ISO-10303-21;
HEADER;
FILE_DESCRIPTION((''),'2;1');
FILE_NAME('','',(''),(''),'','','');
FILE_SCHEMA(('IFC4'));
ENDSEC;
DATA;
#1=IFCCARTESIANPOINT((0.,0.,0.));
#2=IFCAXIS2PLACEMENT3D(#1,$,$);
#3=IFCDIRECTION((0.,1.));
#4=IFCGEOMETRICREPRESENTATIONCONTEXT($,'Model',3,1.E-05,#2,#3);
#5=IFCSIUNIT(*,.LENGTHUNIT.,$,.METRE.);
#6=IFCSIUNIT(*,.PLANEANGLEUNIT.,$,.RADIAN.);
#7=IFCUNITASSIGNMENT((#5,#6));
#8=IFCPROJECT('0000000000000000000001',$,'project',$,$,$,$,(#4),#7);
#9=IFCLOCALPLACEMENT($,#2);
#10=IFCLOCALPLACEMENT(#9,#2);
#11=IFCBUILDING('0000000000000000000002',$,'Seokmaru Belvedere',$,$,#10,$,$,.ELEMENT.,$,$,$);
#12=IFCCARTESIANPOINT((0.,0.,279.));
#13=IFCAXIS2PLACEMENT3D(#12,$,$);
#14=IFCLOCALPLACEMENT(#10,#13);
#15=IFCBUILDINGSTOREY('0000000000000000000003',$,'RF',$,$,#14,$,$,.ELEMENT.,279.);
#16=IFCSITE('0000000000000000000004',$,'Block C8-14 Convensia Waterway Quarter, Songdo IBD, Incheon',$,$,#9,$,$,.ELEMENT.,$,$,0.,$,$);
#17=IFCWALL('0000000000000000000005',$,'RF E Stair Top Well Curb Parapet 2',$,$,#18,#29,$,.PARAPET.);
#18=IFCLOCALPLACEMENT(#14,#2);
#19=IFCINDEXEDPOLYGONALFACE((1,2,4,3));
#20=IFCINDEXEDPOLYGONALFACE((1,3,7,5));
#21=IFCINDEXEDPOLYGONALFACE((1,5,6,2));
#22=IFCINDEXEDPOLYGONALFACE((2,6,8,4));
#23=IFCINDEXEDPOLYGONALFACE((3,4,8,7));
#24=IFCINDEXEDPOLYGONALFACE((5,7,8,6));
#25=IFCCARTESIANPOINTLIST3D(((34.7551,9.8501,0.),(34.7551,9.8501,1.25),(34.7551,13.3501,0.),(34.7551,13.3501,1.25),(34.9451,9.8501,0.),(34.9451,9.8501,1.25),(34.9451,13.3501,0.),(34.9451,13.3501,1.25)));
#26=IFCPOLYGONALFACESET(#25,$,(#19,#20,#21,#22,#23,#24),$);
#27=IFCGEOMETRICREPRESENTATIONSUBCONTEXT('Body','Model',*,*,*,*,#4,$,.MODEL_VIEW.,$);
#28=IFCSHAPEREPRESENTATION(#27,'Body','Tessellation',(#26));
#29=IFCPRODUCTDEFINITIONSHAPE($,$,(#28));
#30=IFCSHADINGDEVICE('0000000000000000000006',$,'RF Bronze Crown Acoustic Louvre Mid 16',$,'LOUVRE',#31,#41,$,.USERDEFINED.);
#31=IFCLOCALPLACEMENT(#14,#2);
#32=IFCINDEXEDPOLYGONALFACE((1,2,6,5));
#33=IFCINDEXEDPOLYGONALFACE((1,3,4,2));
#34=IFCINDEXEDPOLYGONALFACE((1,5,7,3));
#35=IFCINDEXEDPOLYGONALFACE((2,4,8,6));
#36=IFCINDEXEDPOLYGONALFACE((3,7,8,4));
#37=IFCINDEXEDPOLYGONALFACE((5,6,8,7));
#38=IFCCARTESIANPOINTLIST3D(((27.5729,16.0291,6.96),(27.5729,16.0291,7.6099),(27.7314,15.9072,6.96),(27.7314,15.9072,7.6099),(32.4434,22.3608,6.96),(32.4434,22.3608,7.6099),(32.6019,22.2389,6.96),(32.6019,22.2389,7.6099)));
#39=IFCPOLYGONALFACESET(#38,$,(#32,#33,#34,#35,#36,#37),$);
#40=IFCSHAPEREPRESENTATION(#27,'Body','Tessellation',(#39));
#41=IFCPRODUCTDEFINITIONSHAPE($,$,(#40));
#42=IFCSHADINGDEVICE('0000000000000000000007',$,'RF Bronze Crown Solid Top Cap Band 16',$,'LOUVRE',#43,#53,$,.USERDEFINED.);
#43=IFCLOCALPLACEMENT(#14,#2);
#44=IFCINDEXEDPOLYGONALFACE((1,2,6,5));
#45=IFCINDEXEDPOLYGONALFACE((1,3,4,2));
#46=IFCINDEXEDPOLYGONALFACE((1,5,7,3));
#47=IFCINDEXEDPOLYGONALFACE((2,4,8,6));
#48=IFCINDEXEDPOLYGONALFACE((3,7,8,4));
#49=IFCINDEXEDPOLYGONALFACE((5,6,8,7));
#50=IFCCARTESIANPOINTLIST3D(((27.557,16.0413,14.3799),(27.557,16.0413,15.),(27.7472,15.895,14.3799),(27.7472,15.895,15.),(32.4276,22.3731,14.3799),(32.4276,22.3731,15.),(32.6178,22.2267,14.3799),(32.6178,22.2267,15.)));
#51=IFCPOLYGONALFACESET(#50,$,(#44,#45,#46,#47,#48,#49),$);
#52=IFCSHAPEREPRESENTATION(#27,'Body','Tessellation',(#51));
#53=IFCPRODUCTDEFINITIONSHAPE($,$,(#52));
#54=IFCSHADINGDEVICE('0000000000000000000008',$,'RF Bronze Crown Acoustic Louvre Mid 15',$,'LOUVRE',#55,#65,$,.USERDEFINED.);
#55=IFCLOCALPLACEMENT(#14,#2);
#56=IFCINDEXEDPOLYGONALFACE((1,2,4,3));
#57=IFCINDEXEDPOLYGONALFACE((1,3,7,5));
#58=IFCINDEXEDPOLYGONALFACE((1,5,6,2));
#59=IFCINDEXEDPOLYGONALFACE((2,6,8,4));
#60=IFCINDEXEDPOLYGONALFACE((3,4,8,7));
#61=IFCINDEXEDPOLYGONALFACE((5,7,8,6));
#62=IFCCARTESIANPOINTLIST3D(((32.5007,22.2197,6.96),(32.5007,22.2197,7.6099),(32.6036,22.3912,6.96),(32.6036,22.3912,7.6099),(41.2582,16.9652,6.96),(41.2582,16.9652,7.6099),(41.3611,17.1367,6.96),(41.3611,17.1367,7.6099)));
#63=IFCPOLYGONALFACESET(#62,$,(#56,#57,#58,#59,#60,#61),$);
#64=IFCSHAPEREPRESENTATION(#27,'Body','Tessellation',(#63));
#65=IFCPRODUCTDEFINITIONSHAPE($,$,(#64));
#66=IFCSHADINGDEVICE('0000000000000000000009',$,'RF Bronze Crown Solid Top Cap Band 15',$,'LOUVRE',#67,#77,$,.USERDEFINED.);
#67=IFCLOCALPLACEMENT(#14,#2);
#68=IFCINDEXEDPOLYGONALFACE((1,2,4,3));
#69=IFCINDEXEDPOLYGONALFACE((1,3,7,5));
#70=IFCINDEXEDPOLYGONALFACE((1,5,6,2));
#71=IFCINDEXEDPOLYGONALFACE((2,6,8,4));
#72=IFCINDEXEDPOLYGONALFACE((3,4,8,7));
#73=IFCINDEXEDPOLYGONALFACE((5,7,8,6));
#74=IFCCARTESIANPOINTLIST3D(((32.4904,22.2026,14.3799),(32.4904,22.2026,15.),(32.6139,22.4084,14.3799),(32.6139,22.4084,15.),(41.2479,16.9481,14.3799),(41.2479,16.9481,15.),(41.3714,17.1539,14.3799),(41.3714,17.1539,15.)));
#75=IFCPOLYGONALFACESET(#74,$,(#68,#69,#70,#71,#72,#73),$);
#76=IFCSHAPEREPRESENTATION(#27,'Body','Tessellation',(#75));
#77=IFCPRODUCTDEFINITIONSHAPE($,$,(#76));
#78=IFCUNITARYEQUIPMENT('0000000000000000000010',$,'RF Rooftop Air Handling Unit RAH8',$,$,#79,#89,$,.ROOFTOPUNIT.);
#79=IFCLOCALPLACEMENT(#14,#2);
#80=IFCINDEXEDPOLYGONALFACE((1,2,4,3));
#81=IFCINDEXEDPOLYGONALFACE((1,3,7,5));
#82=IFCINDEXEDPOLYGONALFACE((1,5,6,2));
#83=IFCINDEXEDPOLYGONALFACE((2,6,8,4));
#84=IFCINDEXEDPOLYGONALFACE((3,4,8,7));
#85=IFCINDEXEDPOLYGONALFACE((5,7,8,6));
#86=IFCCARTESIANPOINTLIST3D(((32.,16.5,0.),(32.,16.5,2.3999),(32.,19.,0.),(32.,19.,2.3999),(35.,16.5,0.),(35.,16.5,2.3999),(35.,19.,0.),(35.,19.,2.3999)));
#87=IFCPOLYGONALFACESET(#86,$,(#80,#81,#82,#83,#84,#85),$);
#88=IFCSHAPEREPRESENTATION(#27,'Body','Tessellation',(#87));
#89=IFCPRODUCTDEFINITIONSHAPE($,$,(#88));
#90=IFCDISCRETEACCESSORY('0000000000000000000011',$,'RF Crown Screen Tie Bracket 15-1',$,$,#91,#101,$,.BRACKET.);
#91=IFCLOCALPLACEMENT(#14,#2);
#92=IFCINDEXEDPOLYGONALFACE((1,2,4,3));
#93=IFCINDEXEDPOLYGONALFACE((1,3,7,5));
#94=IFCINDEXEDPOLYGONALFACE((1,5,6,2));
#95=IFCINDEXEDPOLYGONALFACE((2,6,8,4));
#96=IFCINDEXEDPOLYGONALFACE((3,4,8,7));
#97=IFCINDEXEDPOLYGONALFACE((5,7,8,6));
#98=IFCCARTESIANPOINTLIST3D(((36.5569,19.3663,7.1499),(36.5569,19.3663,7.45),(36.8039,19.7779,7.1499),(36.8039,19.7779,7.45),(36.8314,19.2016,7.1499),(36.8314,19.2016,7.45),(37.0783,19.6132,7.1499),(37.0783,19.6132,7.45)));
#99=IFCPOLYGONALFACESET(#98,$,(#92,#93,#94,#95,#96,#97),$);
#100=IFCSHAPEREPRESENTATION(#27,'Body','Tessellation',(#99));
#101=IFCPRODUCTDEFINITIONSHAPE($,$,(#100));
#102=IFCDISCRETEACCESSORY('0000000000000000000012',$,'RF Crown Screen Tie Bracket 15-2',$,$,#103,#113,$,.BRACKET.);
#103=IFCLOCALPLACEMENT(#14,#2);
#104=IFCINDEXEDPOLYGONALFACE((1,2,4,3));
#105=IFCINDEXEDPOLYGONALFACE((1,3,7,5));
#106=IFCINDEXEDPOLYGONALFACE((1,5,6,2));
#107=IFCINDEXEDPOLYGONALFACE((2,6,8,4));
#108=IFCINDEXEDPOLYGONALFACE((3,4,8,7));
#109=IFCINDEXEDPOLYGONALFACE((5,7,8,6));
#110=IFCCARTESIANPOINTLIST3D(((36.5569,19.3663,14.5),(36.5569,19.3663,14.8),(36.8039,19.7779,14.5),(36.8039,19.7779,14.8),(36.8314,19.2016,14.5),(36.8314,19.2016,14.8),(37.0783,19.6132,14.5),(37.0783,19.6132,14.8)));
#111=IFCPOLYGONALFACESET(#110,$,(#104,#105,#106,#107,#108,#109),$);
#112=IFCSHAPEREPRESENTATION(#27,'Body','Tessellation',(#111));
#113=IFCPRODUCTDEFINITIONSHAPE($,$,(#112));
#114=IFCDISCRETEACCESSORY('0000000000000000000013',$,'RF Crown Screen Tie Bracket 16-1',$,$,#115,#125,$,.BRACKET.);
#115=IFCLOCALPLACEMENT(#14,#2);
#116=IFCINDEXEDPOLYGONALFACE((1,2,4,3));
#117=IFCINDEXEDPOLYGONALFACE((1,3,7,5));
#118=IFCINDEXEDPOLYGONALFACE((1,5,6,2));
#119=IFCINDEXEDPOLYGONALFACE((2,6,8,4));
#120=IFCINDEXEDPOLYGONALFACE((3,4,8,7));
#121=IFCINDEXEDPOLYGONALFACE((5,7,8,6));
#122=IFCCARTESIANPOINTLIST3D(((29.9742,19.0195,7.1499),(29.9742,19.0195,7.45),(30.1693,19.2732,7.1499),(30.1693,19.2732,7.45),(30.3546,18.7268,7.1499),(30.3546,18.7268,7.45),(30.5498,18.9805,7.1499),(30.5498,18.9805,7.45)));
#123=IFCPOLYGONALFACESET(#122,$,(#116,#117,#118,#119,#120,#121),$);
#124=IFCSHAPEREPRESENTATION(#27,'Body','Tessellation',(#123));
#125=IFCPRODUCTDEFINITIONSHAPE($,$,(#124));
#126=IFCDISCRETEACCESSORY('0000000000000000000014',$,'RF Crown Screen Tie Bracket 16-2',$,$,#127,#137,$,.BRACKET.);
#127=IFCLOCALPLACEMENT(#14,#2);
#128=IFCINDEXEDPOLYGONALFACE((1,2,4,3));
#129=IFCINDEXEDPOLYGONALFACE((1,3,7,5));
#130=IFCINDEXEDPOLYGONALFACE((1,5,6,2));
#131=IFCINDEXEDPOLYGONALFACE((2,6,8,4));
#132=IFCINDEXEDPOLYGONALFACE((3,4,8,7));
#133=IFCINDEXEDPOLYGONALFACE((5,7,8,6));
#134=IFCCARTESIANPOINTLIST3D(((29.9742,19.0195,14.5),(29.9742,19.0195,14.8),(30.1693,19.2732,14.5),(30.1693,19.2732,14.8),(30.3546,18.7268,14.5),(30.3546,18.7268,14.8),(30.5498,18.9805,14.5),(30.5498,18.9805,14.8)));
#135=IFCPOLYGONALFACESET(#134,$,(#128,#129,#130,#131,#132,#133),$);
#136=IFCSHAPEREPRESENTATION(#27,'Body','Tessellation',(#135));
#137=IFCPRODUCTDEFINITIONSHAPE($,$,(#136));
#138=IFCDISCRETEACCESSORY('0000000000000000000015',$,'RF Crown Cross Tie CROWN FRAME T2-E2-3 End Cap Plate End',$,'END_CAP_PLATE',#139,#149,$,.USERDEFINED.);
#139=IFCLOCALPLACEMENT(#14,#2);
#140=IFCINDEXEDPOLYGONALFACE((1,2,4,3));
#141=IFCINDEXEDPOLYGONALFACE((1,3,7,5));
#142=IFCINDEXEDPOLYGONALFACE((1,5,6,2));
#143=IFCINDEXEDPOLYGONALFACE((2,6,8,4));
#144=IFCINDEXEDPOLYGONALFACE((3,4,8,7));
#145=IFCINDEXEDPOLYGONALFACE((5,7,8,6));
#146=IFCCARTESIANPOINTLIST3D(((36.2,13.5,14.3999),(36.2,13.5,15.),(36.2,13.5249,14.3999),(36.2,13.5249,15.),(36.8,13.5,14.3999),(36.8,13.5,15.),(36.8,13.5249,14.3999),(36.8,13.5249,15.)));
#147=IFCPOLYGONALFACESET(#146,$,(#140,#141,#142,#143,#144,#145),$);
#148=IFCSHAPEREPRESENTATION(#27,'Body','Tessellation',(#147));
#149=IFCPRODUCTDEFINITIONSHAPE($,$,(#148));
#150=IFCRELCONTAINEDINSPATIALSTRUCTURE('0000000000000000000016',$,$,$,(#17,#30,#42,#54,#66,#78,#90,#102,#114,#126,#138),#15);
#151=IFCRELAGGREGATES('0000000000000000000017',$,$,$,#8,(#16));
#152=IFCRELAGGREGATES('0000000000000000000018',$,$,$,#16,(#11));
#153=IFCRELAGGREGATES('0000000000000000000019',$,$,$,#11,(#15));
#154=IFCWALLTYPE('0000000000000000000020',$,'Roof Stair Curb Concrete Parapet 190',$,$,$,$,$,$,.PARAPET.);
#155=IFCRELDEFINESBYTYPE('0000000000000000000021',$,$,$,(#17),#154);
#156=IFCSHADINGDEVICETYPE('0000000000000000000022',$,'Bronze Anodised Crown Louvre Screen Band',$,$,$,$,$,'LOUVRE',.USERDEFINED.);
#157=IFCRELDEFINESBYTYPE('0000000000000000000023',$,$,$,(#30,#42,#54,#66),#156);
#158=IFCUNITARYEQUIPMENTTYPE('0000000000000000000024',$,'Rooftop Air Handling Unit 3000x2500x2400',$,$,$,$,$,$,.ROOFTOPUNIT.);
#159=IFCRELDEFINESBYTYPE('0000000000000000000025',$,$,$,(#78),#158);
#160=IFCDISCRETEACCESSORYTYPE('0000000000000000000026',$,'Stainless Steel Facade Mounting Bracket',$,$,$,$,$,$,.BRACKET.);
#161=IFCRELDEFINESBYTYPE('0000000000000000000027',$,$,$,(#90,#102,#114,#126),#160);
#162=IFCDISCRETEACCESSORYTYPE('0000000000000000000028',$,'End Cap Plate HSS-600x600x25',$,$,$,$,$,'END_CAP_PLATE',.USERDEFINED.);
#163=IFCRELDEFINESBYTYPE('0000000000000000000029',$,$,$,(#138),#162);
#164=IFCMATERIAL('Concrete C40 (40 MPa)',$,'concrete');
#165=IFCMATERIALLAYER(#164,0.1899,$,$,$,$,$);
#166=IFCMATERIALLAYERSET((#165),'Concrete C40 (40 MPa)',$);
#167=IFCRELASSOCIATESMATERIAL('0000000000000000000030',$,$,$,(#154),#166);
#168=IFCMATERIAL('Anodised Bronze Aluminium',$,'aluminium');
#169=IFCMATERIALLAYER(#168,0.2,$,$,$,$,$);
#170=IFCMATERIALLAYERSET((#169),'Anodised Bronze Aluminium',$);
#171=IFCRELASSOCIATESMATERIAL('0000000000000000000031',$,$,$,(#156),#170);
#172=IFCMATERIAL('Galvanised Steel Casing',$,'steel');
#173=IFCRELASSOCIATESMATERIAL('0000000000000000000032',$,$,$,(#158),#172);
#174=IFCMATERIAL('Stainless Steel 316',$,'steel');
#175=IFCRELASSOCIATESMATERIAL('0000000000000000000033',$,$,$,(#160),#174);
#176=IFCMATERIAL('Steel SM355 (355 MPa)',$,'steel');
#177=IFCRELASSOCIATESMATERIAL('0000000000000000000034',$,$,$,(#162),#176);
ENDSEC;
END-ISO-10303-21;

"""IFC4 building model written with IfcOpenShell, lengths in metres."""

from ifc_helpers import new_model, si_unit, direction, frame, frame_2d, origin, origin_2d, place, context, subcontext, project, spatial, rectangle, extrude, source, transform, mapped, material, layer, layer_set, type_object, type_shapes, element, save


model = new_model("IFC4")

# Units and contexts
model_context = context("Model", 3, precision=1e-05, world=origin(), true_north=direction((0.0, 1.0)))
body_context = subcontext(model_context, "Body", "Model", "MODEL_VIEW")
ifc_project = project(units=[si_unit("LENGTHUNIT", "METRE"), si_unit("PLANEANGLEUNIT", "RADIAN")], contexts=[model_context])

# Site, building, storey
site_placement = place(None, origin())
site = spatial("IfcSite", under=ifc_project, at=site_placement, Name="Block C8-14 Convensia Waterway Quarter, Songdo IBD, Incheon", CompositionType="ELEMENT", RefElevation=0.0)
building_placement = place(site_placement, origin())
building = spatial("IfcBuilding", under=site, at=building_placement, Name="Seokmaru Belvedere", CompositionType="ELEMENT")
storey_placement = place(building_placement, frame((0.0, 0.0, 279.0)))
storey = spatial("IfcBuildingStorey", under=building, at=storey_placement, Name="RF", CompositionType="ELEMENT", Elevation=279.0)

# Shared definitions
ifc_material_1 = material(Name="Steel SM355 (355 MPa)", Category="steel")

# Wall
ifc_material_2 = material(Name="Concrete C40 (40 MPa)", Category="concrete")
ifc_layer_1 = layer(ifc_material_2, 0.1899)
ifc_layer_set_1 = layer_set([ifc_layer_1], Name="Concrete C40 (40 MPa)")
wall_type_1 = type_object("IfcWallType", Name="Roof Stair Curb Concrete Parapet 190", PredefinedType="PARAPET", material=ifc_layer_set_1)
wall_1_placement = place(storey_placement, frame((34.8501, 9.8501, 0.0), z_axis=(0.0, 0.0, 1.0), x_axis=(0.0, 1.0, 0.0)))
element("IfcWall", 1, at=wall_1_placement, inside=storey, type_object=wall_type_1, Name="RF E Stair Top Well Curb Parapet 2", PredefinedType="PARAPET", context=body_context, shape_type="SweptSolid", body=[
    extrude(rectangle(XDim=3.5, YDim=0.1899, at=frame_2d((1.75, 0.0))), origin(), (0.0, 0.0, 1.0), 1.25),
])

# Shading devices
ifc_material_3 = material(Name="Anodised Bronze Aluminium", Category="aluminium")
ifc_layer_2 = layer(ifc_material_3, 0.2)
ifc_layer_set_2 = layer_set([ifc_layer_2], Name="Anodised Bronze Aluminium")
shading_device_type = type_object("IfcShadingDeviceType", Name="Bronze Anodised Crown Louvre Screen Band", ElementType="LOUVRE", PredefinedType="USERDEFINED", material=ifc_layer_set_2)
shared_shape_1 = source(origin(), body_context, "Body", "SweptSolid", [
    extrude(rectangle(XDim=7.9883, YDim=0.2, at=origin_2d()), origin(), (0.0, 0.0, 1.0), 0.6499),
])
shading_device_1_placement = place(storey_placement, frame((30.0874, 19.134, 6.96), z_axis=(0.0, 0.0, 1.0), x_axis=(-0.609709, -0.792625, 0.0)))
element("IfcShadingDevice", 2, at=shading_device_1_placement, inside=storey, type_object=shading_device_type, Name="RF Bronze Crown Acoustic Louvre Mid 16", ObjectType="LOUVRE", PredefinedType="USERDEFINED", context=body_context, shape_type="MappedRepresentation", body=[
    mapped(shared_shape_1, transform((0.0, 0.0, 0.0), scale=1.0)),
])
shared_shape_2 = source(origin(), body_context, "Body", "SweptSolid", [
    extrude(rectangle(XDim=7.9883, YDim=0.24, at=origin_2d()), origin(), (0.0, 0.0, 1.0), 0.6201),
])
shading_device_2_placement = place(storey_placement, frame((30.0874, 19.134, 14.3799), z_axis=(0.0, 0.0, 1.0), x_axis=(-0.609709, -0.792625, 0.0)))
element("IfcShadingDevice", 3, at=shading_device_2_placement, inside=storey, type_object=shading_device_type, Name="RF Bronze Crown Solid Top Cap Band 16", ObjectType="LOUVRE", PredefinedType="USERDEFINED", context=body_context, shape_type="MappedRepresentation", body=[
    mapped(shared_shape_2, transform((0.0, 0.0, 0.0), scale=1.0)),
])
shared_shape_3 = source(origin(), body_context, "Body", "SweptSolid", [
    extrude(rectangle(XDim=10.2129, YDim=0.2, at=origin_2d()), origin(), (0.0, 0.0, 1.0), 0.6499),
])
shading_device_3_placement = place(storey_placement, frame((36.9309, 19.6782, 6.96), z_axis=(0.0, 0.0, 1.0), x_axis=(-0.857493, 0.514496, 0.0)))
element("IfcShadingDevice", 4, at=shading_device_3_placement, inside=storey, type_object=shading_device_type, Name="RF Bronze Crown Acoustic Louvre Mid 15", ObjectType="LOUVRE", PredefinedType="USERDEFINED", context=body_context, shape_type="MappedRepresentation", body=[
    mapped(shared_shape_3, transform((0.0, 0.0, 0.0), scale=1.0)),
])
shared_shape_4 = source(origin(), body_context, "Body", "SweptSolid", [
    extrude(rectangle(XDim=10.2129, YDim=0.24, at=origin_2d()), origin(), (0.0, 0.0, 1.0), 0.6201),
])
type_shapes(shading_device_type, [shared_shape_1, shared_shape_2, shared_shape_3, shared_shape_4])
shading_device_4_placement = place(storey_placement, frame((36.9309, 19.6782, 14.3799), z_axis=(0.0, 0.0, 1.0), x_axis=(-0.857493, 0.514496, 0.0)))
element("IfcShadingDevice", 5, at=shading_device_4_placement, inside=storey, type_object=shading_device_type, Name="RF Bronze Crown Solid Top Cap Band 15", ObjectType="LOUVRE", PredefinedType="USERDEFINED", context=body_context, shape_type="MappedRepresentation", body=[
    mapped(shared_shape_4, transform((0.0, 0.0, 0.0), scale=1.0)),
])

# Unitary equipment
ifc_material_4 = material(Name="Galvanised Steel Casing", Category="steel")
unitary_equipment_type = type_object("IfcUnitaryEquipmentType", Name="Rooftop Air Handling Unit 3000x2500x2400", PredefinedType="ROOFTOPUNIT", material=ifc_material_4)
shared_shape_5 = source(origin(), body_context, "Body", "SweptSolid", [
    extrude(rectangle(XDim=3.0, YDim=2.5, at=origin_2d()), origin(), (0.0, 0.0, 1.0), 2.3999),
])
type_shapes(unitary_equipment_type, [shared_shape_5])
unitary_equipment_placement = place(storey_placement, frame((33.5, 17.75, 0.0), z_axis=(0.0, 0.0, 1.0), x_axis=(1.0, 0.0, 0.0)))
element("IfcUnitaryEquipment", 6, at=unitary_equipment_placement, inside=storey, type_object=unitary_equipment_type, Name="RF Rooftop Air Handling Unit RAH8", PredefinedType="ROOFTOPUNIT", context=body_context, shape_type="MappedRepresentation", body=[
    mapped(shared_shape_5, transform((0.0, 0.0, 0.0), scale=1.0)),
])

# Discrete accessories
ifc_material_5 = material(Name="Stainless Steel 316", Category="steel")
discrete_accessory_type_1 = type_object("IfcDiscreteAccessoryType", Name="Stainless Steel Facade Mounting Bracket", PredefinedType="BRACKET", material=ifc_material_5)
shared_shape_6 = source(origin(), body_context, "Body", "SweptSolid", [
    extrude(rectangle(XDim=0.3201, YDim=0.48, at=origin_2d()), origin(), (0.0, 0.0, 1.0), 0.3),
])
type_shapes(discrete_accessory_type_1, [shared_shape_6])
for number, where, z_axis, x_axis, name in (
    (7, (36.8176, 19.4897, 7.1499), (0.0, 0.0, 1.0), (-0.857493, 0.514496, 0.0), "RF Crown Screen Tie Bracket 15-1"),
    (8, (36.8176, 19.4897, 14.5), (0.0, 0.0, 1.0), (-0.857493, 0.514496, 0.0), "RF Crown Screen Tie Bracket 15-2"),
    (9, (30.262, 19.0, 7.1499), (0.0, 0.0, 1.0), (-0.609709, -0.792625, 0.0), "RF Crown Screen Tie Bracket 16-1"),
    (10, (30.262, 19.0, 14.5), (0.0, 0.0, 1.0), (-0.609709, -0.792625, 0.0), "RF Crown Screen Tie Bracket 16-2"),
):
    element("IfcDiscreteAccessory", number, at=place(storey_placement, frame(where, z_axis=z_axis, x_axis=x_axis)), inside=storey, type_object=discrete_accessory_type_1, Name=name, PredefinedType="BRACKET", context=body_context, shape_type="MappedRepresentation", body=[
        mapped(shared_shape_6, transform((0.0, 0.0, 0.0), scale=1.0)),
    ])
discrete_accessory_type_2 = type_object("IfcDiscreteAccessoryType", Name="End Cap Plate HSS-600x600x25", ElementType="END_CAP_PLATE", PredefinedType="USERDEFINED", material=ifc_material_1)
shared_shape_7 = source(origin(), body_context, "Body", "SweptSolid", [
    extrude(rectangle(XDim=0.0249, YDim=0.6001, at=origin_2d()), origin(), (0.0, 0.0, 1.0), 0.6001),
])
type_shapes(discrete_accessory_type_2, [shared_shape_7])
discrete_accessory_placement = place(storey_placement, frame((36.5, 13.5125, 14.3999), z_axis=(0.0, 0.0, 1.0), x_axis=(0.0, 1.0, 0.0)))
element("IfcDiscreteAccessory", 11, at=discrete_accessory_placement, inside=storey, type_object=discrete_accessory_type_2, Name="RF Crown Cross Tie CROWN FRAME T2-E2-3 End Cap Plate End", ObjectType="END_CAP_PLATE", PredefinedType="USERDEFINED", context=body_context, shape_type="MappedRepresentation", body=[
    mapped(shared_shape_7, transform((0.0, 0.0, 0.0), scale=1.0)),
])

save(model, "model.ifc")
